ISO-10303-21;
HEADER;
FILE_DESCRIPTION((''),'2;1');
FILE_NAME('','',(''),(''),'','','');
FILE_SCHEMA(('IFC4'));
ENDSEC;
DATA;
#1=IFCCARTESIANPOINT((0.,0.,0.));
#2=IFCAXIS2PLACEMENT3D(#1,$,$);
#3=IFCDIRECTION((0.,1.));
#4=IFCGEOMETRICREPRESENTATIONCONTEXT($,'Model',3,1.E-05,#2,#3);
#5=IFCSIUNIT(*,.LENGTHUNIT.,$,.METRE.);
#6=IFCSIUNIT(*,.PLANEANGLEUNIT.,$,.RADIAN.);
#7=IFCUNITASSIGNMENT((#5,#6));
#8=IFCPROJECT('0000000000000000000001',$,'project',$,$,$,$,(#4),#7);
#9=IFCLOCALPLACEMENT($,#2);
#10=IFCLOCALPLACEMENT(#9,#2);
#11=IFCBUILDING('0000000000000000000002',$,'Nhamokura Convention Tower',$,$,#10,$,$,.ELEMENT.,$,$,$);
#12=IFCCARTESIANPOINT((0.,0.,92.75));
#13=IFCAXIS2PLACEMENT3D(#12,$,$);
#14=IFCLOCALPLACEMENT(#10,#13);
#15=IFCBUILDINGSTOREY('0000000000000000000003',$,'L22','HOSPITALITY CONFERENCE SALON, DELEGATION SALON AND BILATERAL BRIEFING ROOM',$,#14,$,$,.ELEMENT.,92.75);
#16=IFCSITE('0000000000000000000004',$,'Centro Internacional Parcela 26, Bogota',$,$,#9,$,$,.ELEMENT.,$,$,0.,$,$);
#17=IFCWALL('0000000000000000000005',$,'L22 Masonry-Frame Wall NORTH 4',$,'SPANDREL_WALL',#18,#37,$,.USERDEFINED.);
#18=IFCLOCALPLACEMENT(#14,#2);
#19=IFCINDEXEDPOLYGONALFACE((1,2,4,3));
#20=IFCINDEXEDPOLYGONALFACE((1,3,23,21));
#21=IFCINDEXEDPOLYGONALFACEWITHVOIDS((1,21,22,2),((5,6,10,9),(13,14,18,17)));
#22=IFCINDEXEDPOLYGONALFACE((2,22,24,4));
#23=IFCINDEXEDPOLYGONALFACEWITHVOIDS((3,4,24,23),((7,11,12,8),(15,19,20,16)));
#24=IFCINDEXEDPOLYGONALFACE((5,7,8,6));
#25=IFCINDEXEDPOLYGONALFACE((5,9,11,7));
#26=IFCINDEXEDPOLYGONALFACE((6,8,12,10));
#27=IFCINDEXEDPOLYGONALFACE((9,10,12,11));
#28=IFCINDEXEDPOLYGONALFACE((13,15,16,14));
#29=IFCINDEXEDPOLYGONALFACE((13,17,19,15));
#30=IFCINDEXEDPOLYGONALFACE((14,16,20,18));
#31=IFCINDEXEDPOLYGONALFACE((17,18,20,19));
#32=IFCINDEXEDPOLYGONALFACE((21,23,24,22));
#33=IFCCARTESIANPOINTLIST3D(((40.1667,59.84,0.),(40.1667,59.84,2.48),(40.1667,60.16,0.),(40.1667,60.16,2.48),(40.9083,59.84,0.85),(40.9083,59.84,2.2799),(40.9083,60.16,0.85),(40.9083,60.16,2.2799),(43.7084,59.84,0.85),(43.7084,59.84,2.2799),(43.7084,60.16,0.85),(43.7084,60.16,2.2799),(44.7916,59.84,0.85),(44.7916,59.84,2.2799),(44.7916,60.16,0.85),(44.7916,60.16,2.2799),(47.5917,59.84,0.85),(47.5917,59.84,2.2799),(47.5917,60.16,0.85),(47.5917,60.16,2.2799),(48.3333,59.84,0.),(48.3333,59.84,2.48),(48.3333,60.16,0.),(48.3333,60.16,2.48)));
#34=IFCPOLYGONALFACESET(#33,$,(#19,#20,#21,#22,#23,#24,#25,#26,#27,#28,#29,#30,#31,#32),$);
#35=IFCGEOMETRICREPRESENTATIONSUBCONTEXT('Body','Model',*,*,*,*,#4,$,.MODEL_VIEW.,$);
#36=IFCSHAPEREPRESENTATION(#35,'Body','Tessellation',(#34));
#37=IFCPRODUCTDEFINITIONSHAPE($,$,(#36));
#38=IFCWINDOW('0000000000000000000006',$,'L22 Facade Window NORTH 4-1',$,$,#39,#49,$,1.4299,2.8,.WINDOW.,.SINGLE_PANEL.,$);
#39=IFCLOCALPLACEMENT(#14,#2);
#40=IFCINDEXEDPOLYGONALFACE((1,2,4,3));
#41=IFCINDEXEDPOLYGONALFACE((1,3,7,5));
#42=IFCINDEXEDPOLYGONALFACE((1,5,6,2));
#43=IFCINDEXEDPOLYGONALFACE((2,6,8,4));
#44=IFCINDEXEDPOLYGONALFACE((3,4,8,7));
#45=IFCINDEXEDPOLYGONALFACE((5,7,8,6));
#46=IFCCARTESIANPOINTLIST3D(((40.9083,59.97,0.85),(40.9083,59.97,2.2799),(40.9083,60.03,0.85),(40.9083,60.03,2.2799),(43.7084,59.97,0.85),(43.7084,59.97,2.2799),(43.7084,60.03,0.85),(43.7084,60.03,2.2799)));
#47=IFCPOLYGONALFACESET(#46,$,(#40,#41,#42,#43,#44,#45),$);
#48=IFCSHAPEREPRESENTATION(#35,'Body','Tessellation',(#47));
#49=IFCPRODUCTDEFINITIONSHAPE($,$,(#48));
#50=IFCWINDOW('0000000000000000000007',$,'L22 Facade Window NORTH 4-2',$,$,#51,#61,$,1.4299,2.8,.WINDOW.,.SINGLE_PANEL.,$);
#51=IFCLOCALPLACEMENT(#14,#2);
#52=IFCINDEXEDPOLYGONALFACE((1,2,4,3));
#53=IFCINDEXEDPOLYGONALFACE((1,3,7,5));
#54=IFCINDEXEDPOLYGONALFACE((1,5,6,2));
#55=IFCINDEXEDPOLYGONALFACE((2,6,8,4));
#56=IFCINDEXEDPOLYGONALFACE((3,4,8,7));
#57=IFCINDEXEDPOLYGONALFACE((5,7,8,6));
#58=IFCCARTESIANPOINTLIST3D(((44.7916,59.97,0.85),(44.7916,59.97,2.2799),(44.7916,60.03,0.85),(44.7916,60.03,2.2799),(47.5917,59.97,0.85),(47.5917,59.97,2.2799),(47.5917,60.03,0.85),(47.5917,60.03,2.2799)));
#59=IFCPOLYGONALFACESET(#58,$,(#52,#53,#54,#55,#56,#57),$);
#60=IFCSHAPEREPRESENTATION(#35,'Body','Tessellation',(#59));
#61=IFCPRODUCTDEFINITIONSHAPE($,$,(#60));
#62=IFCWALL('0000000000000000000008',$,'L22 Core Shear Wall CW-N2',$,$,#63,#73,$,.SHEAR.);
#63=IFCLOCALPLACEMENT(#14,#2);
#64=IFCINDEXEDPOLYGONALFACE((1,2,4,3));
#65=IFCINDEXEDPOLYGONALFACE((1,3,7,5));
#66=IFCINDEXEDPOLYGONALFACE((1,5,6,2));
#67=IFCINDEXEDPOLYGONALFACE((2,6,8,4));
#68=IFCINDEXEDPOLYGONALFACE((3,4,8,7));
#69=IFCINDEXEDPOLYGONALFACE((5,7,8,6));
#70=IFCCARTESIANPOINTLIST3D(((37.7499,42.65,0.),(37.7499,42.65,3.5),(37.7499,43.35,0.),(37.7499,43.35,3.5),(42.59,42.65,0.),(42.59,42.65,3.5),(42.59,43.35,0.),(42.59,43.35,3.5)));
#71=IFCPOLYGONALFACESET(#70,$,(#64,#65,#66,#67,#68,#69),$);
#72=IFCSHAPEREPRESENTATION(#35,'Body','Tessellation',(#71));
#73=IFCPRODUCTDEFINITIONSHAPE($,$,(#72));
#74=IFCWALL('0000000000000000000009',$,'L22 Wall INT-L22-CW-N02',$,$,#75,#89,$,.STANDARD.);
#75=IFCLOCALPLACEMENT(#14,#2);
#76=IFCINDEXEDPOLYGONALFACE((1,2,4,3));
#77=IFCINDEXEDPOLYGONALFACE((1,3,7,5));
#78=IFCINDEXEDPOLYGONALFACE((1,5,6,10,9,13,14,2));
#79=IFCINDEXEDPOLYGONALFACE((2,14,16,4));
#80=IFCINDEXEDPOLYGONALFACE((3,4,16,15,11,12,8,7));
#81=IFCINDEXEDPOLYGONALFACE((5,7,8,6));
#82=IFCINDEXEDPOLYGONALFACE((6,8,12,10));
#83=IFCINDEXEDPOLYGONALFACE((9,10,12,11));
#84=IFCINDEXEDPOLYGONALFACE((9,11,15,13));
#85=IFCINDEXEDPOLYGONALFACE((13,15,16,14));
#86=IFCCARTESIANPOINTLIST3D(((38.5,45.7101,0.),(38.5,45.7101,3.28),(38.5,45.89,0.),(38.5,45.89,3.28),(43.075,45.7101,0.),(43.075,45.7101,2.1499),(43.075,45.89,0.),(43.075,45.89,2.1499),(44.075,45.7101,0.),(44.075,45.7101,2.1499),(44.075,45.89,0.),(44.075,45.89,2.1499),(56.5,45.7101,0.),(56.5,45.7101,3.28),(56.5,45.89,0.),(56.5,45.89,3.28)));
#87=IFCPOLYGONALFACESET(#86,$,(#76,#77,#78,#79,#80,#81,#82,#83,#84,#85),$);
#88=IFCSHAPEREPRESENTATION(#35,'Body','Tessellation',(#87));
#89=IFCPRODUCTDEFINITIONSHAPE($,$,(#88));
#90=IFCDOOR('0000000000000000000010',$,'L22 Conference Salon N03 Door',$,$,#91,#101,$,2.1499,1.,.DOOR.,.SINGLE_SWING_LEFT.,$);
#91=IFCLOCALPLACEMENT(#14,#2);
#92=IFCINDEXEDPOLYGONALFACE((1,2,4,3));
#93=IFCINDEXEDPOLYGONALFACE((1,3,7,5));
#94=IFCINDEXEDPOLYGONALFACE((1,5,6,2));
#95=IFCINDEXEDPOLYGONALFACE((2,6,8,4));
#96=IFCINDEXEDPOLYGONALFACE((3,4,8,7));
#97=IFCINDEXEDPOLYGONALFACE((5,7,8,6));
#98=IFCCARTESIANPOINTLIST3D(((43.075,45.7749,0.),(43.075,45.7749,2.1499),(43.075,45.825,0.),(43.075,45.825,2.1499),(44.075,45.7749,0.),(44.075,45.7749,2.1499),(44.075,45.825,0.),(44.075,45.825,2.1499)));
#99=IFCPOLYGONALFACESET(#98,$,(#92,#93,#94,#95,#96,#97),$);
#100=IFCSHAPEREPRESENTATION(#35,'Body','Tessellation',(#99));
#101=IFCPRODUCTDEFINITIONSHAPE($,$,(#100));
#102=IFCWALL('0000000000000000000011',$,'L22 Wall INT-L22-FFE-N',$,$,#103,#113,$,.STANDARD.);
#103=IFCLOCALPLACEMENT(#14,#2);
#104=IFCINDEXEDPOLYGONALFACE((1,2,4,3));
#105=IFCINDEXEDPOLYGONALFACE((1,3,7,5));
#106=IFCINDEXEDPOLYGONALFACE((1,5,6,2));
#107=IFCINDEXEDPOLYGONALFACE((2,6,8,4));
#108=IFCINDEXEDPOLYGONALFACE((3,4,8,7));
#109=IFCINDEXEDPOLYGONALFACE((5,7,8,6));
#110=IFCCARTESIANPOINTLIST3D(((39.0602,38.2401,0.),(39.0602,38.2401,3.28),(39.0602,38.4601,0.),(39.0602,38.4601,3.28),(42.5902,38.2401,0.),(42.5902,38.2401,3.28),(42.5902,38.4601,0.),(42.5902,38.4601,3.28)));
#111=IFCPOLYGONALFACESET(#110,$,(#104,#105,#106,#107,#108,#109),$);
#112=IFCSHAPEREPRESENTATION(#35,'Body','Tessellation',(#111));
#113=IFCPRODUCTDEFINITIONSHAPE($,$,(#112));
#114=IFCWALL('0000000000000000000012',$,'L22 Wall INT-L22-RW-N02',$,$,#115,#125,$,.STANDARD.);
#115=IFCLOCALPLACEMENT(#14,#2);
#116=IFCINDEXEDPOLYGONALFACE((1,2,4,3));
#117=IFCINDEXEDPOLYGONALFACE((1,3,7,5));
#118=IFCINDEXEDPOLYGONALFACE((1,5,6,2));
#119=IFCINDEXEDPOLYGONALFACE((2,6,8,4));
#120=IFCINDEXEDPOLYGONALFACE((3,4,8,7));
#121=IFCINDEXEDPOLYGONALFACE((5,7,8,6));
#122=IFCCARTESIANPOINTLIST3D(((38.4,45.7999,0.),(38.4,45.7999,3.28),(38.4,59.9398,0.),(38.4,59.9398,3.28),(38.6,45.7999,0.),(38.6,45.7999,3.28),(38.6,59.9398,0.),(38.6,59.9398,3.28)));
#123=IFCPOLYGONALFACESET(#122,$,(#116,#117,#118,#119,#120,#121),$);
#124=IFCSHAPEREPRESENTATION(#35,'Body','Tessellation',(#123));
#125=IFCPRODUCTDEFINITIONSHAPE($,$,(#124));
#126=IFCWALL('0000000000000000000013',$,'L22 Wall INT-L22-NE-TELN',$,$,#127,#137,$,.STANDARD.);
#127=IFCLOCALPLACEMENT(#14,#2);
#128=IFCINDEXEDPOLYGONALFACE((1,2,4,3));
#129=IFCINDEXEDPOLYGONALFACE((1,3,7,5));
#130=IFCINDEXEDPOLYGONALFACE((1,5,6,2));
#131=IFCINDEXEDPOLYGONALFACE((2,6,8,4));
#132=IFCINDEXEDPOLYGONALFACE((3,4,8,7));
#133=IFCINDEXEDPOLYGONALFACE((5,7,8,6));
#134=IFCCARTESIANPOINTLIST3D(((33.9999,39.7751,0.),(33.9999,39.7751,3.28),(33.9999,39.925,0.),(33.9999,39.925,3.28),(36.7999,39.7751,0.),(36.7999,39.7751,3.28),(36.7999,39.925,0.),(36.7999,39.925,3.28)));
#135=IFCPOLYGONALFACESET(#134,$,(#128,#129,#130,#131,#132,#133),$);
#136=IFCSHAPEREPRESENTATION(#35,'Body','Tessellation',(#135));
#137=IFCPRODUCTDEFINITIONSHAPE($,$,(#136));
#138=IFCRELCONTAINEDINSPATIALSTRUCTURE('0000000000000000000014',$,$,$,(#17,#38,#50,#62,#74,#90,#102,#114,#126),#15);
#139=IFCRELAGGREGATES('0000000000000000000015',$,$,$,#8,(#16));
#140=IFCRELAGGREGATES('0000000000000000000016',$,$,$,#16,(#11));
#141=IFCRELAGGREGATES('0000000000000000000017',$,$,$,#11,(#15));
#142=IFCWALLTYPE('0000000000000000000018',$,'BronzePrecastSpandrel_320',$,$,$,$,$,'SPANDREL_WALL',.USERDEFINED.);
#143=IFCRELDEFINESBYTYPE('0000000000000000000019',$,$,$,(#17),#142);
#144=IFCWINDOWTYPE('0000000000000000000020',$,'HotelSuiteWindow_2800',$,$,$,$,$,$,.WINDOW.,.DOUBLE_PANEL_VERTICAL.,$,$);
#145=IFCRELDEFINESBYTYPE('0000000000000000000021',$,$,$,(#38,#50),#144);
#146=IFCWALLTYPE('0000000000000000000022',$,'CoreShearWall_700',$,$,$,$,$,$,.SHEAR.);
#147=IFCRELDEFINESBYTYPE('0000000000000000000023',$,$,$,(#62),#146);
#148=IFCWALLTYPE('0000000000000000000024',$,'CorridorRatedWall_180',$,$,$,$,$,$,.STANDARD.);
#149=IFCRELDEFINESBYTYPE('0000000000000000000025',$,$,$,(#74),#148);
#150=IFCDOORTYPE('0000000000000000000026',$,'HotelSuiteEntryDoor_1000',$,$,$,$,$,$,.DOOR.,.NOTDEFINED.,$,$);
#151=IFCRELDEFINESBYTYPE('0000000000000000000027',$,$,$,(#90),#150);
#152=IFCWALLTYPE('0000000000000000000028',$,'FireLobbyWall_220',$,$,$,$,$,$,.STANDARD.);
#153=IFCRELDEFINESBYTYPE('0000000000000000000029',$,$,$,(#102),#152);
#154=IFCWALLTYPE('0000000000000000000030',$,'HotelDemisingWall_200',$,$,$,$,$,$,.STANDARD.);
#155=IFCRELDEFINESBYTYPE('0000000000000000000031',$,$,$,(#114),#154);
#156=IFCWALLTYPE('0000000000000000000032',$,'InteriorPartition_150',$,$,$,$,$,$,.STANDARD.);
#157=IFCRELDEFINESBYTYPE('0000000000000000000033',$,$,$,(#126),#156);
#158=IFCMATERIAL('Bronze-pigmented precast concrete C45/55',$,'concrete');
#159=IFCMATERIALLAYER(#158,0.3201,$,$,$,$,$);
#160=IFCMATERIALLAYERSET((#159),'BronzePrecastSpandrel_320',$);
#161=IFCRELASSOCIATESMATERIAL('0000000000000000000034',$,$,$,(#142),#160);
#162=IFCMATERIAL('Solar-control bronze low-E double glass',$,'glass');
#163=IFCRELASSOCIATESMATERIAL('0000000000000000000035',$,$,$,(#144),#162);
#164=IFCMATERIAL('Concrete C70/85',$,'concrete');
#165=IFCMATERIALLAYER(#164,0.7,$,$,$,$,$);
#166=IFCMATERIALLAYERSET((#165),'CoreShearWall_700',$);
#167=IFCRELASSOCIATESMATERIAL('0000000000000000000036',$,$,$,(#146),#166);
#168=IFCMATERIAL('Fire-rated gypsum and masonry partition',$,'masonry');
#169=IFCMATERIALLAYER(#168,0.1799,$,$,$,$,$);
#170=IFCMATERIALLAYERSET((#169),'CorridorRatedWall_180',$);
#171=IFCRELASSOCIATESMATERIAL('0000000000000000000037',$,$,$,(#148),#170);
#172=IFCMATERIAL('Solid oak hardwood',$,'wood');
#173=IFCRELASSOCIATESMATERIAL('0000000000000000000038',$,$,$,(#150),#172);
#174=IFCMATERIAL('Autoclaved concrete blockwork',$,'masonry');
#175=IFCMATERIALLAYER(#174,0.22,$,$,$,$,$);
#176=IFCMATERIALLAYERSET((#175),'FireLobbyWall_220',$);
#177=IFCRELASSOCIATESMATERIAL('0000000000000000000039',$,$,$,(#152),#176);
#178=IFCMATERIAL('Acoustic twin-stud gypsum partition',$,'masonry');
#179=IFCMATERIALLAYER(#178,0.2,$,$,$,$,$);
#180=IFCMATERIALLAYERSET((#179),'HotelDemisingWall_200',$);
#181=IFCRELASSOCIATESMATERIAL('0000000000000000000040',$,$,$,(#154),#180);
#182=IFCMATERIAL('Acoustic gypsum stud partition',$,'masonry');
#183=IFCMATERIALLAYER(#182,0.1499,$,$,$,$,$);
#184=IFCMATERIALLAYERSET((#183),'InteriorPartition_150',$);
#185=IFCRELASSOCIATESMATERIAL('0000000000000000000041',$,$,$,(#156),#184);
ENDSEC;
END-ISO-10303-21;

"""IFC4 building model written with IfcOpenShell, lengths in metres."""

from ifc_helpers import new_model, si_unit, direction, frame, frame_2d, origin, place, context, subcontext, project, spatial, rectangle, extrude, material, layer, layer_set, type_object, element, fill, save


model = new_model("IFC4")

# Units and contexts
model_context = context("Model", 3, precision=1e-05, world=origin(), true_north=direction((0.0, 1.0)))
body_context = subcontext(model_context, "Body", "Model", "MODEL_VIEW")
ifc_project = project(units=[si_unit("LENGTHUNIT", "METRE"), si_unit("PLANEANGLEUNIT", "RADIAN")], contexts=[model_context])

# Site, building, storey
site_placement = place(None, origin())
site = spatial("IfcSite", under=ifc_project, at=site_placement, Name="Centro Internacional Parcela 26, Bogota", CompositionType="ELEMENT", RefElevation=0.0)
building_placement = place(site_placement, origin())
building = spatial("IfcBuilding", under=site, at=building_placement, Name="Nhamokura Convention Tower", CompositionType="ELEMENT")
storey_placement = place(building_placement, frame((0.0, 0.0, 92.75)))
storey = spatial("IfcBuildingStorey", under=building, at=storey_placement, Name="L22", Description="HOSPITALITY CONFERENCE SALON, DELEGATION SALON AND BILATERAL BRIEFING ROOM", CompositionType="ELEMENT", Elevation=92.75)

# Shared definitions
ifc_material_1 = material(Name="Bronze-pigmented precast concrete C45/55", Category="concrete")
ifc_layer_1 = layer(ifc_material_1, 0.3201)
ifc_layer_set_1 = layer_set([ifc_layer_1], Name="BronzePrecastSpandrel_320")
wall_type_1 = type_object("IfcWallType", Name="BronzePrecastSpandrel_320", ElementType="SPANDREL_WALL", PredefinedType="USERDEFINED", material=ifc_layer_set_1)

# Wall, openings, windows
wall_1_placement = place(storey_placement, frame((40.1667, 60.0, 0.0), z_axis=(0.0, 0.0, 1.0), x_axis=(1.0, 0.0, 0.0)))
wall_1 = element("IfcWall", 1, at=wall_1_placement, inside=storey, type_object=wall_type_1, Name="L22 Masonry-Frame Wall NORTH 4", ObjectType="SPANDREL_WALL", PredefinedType="USERDEFINED", context=body_context, shape_type="SweptSolid", body=[
    extrude(rectangle(XDim=8.1665, YDim=0.3201, at=frame_2d((4.0833, 0.0))), origin(), (0.0, 0.0, 1.0), 2.48),
])
opening_1_placement = place(wall_1_placement, frame((0.7417, 0.0, 0.8501)))
opening_1 = element("IfcOpeningElement", 2, at=opening_1_placement, cuts=wall_1, PredefinedType="OPENING", context=body_context, shape_type="SweptSolid", body=[
    extrude(rectangle(XDim=2.8, YDim=1.4299, at=frame_2d((1.3999, 0.7148))), frame((0.0, 0.1699, 0.0), z_axis=(0.0, -1.0, 0.0), x_axis=(1.0, 0.0, 0.0)), (0.0, 0.0, 1.0), 0.3401),
])
opening_2_placement = place(wall_1_placement, frame((4.625, 0.0, 0.8501)))
opening_2 = element("IfcOpeningElement", 3, at=opening_2_placement, cuts=wall_1, PredefinedType="OPENING", context=body_context, shape_type="SweptSolid", body=[
    extrude(rectangle(XDim=2.8, YDim=1.4299, at=frame_2d((1.3999, 0.7148))), frame((0.0, 0.1699, 0.0), z_axis=(0.0, -1.0, 0.0), x_axis=(1.0, 0.0, 0.0)), (0.0, 0.0, 1.0), 0.3401),
])
ifc_material_2 = material(Name="Solar-control bronze low-E double glass", Category="glass")
window_type_1 = type_object("IfcWindowType", Name="HotelSuiteWindow_2800", PartitioningType="DOUBLE_PANEL_VERTICAL", PredefinedType="WINDOW", material=ifc_material_2)
window_1_placement = place(opening_1_placement, origin())
window_1 = element("IfcWindow", 4, at=window_1_placement, inside=storey, type_object=window_type_1, Name="L22 Facade Window NORTH 4-1", OverallHeight=1.4299, OverallWidth=2.8, PartitioningType="SINGLE_PANEL", PredefinedType="WINDOW", context=body_context, shape_type="SweptSolid", body=[
    extrude(rectangle(XDim=2.8, YDim=1.4299, at=frame_2d((1.3999, 0.7148))), frame((0.0, 0.03, 0.0), z_axis=(0.0, -1.0, 0.0), x_axis=(1.0, 0.0, 0.0)), (0.0, 0.0, 1.0), 0.0601),
])
fill(opening_1, window_1)
window_2_placement = place(opening_2_placement, origin())
window_2 = element("IfcWindow", 5, at=window_2_placement, inside=storey, type_object=window_type_1, Name="L22 Facade Window NORTH 4-2", OverallHeight=1.4299, OverallWidth=2.8, PartitioningType="SINGLE_PANEL", PredefinedType="WINDOW", context=body_context, shape_type="SweptSolid", body=[
    extrude(rectangle(XDim=2.8, YDim=1.4299, at=frame_2d((1.3999, 0.7148))), frame((0.0, 0.03, 0.0), z_axis=(0.0, -1.0, 0.0), x_axis=(1.0, 0.0, 0.0)), (0.0, 0.0, 1.0), 0.0601),
])
fill(opening_2, window_2)

# Wall
ifc_material_3 = material(Name="Concrete C70/85", Category="concrete")
ifc_layer_2 = layer(ifc_material_3, 0.7)
ifc_layer_set_2 = layer_set([ifc_layer_2], Name="CoreShearWall_700")
wall_type_2 = type_object("IfcWallType", Name="CoreShearWall_700", PredefinedType="SHEAR", material=ifc_layer_set_2)
wall_2_placement = place(storey_placement, frame((37.75, 43.0, 0.0), z_axis=(0.0, 0.0, 1.0), x_axis=(1.0, 0.0, 0.0)))
element("IfcWall", 6, at=wall_2_placement, inside=storey, type_object=wall_type_2, Name="L22 Core Shear Wall CW-N2", PredefinedType="SHEAR", context=body_context, shape_type="SweptSolid", body=[
    extrude(rectangle(XDim=4.8401, YDim=0.7, at=frame_2d((2.4199, 0.0))), origin(), (0.0, 0.0, 1.0), 3.5),
])

# Wall, opening, door
ifc_material_4 = material(Name="Fire-rated gypsum and masonry partition", Category="masonry")
ifc_layer_3 = layer(ifc_material_4, 0.1799)
ifc_layer_set_3 = layer_set([ifc_layer_3], Name="CorridorRatedWall_180")
wall_type_3 = type_object("IfcWallType", Name="CorridorRatedWall_180", PredefinedType="STANDARD", material=ifc_layer_set_3)
wall_3_placement = place(storey_placement, frame((38.5, 45.8, 0.0), z_axis=(0.0, 0.0, 1.0), x_axis=(1.0, 0.0, 0.0)))
wall_3 = element("IfcWall", 7, at=wall_3_placement, inside=storey, type_object=wall_type_3, Name="L22 Wall INT-L22-CW-N02", PredefinedType="STANDARD", context=body_context, shape_type="SweptSolid", body=[
    extrude(rectangle(XDim=18.0, YDim=0.1799, at=frame_2d((9.0, 0.0))), origin(), (0.0, 0.0, 1.0), 3.28),
])
opening_3_placement = place(wall_3_placement, frame((4.575, 0.0, 0.0)))
opening_3 = element("IfcOpeningElement", 8, at=opening_3_placement, cuts=wall_3, PredefinedType="OPENING", context=body_context, shape_type="SweptSolid", body=[
    extrude(rectangle(XDim=1.0, YDim=2.1499, at=frame_2d((0.5, 1.075))), frame((0.0, 0.0999, 0.0), z_axis=(0.0, -1.0, 0.0), x_axis=(1.0, 0.0, 0.0)), (0.0, 0.0, 1.0), 0.2),
])
ifc_material_5 = material(Name="Solid oak hardwood", Category="wood")
door_type = type_object("IfcDoorType", Name="HotelSuiteEntryDoor_1000", OperationType="NOTDEFINED", PredefinedType="DOOR", material=ifc_material_5)
door_placement = place(opening_3_placement, origin())
door = element("IfcDoor", 9, at=door_placement, inside=storey, type_object=door_type, Name="L22 Conference Salon N03 Door", OperationType="SINGLE_SWING_LEFT", OverallHeight=2.1499, OverallWidth=1.0, PredefinedType="DOOR", context=body_context, shape_type="SweptSolid", body=[
    extrude(rectangle(XDim=1.0, YDim=2.1499, at=frame_2d((0.5, 1.075))), frame((0.0, 0.0249, 0.0), z_axis=(0.0, -1.0, 0.0), x_axis=(1.0, 0.0, 0.0)), (0.0, 0.0, 1.0), 0.05),
])
fill(opening_3, door)

# Walls
ifc_material_6 = material(Name="Autoclaved concrete blockwork", Category="masonry")
ifc_layer_4 = layer(ifc_material_6, 0.22)
ifc_layer_set_4 = layer_set([ifc_layer_4], Name="FireLobbyWall_220")
wall_type_4 = type_object("IfcWallType", Name="FireLobbyWall_220", PredefinedType="STANDARD", material=ifc_layer_set_4)
wall_4_placement = place(storey_placement, frame((39.0601, 38.3501, 0.0), z_axis=(0.0, 0.0, 1.0), x_axis=(1.0, 0.0, 0.0)))
element("IfcWall", 10, at=wall_4_placement, inside=storey, type_object=wall_type_4, Name="L22 Wall INT-L22-FFE-N", PredefinedType="STANDARD", context=body_context, shape_type="SweptSolid", body=[
    extrude(rectangle(XDim=3.53, YDim=0.22, at=frame_2d((1.7651, 0.0))), origin(), (0.0, 0.0, 1.0), 3.28),
])
ifc_material_7 = material(Name="Acoustic twin-stud gypsum partition", Category="masonry")
ifc_layer_5 = layer(ifc_material_7, 0.2)
ifc_layer_set_5 = layer_set([ifc_layer_5], Name="HotelDemisingWall_200")
wall_type_5 = type_object("IfcWallType", Name="HotelDemisingWall_200", PredefinedType="STANDARD", material=ifc_layer_set_5)
wall_5_placement = place(storey_placement, frame((38.5, 45.8, 0.0), z_axis=(0.0, 0.0, 1.0), x_axis=(0.0, 1.0, 0.0)))
element("IfcWall", 11, at=wall_5_placement, inside=storey, type_object=wall_type_5, Name="L22 Wall INT-L22-RW-N02", PredefinedType="STANDARD", context=body_context, shape_type="SweptSolid", body=[
    extrude(rectangle(XDim=14.1399, YDim=0.2, at=frame_2d((7.0698, 0.0))), origin(), (0.0, 0.0, 1.0), 3.28),
])
ifc_material_8 = material(Name="Acoustic gypsum stud partition", Category="masonry")
ifc_layer_6 = layer(ifc_material_8, 0.1499)
ifc_layer_set_6 = layer_set([ifc_layer_6], Name="InteriorPartition_150")
wall_type_6 = type_object("IfcWallType", Name="InteriorPartition_150", PredefinedType="STANDARD", material=ifc_layer_set_6)
wall_6_placement = place(storey_placement, frame((34.0, 39.8501, 0.0), z_axis=(0.0, 0.0, 1.0), x_axis=(1.0, 0.0, 0.0)))
element("IfcWall", 12, at=wall_6_placement, inside=storey, type_object=wall_type_6, Name="L22 Wall INT-L22-NE-TELN", PredefinedType="STANDARD", context=body_context, shape_type="SweptSolid", body=[
    extrude(rectangle(XDim=2.8, YDim=0.1499, at=frame_2d((1.3999, 0.0))), origin(), (0.0, 0.0, 1.0), 3.28),
])

save(model, "model.ifc")
